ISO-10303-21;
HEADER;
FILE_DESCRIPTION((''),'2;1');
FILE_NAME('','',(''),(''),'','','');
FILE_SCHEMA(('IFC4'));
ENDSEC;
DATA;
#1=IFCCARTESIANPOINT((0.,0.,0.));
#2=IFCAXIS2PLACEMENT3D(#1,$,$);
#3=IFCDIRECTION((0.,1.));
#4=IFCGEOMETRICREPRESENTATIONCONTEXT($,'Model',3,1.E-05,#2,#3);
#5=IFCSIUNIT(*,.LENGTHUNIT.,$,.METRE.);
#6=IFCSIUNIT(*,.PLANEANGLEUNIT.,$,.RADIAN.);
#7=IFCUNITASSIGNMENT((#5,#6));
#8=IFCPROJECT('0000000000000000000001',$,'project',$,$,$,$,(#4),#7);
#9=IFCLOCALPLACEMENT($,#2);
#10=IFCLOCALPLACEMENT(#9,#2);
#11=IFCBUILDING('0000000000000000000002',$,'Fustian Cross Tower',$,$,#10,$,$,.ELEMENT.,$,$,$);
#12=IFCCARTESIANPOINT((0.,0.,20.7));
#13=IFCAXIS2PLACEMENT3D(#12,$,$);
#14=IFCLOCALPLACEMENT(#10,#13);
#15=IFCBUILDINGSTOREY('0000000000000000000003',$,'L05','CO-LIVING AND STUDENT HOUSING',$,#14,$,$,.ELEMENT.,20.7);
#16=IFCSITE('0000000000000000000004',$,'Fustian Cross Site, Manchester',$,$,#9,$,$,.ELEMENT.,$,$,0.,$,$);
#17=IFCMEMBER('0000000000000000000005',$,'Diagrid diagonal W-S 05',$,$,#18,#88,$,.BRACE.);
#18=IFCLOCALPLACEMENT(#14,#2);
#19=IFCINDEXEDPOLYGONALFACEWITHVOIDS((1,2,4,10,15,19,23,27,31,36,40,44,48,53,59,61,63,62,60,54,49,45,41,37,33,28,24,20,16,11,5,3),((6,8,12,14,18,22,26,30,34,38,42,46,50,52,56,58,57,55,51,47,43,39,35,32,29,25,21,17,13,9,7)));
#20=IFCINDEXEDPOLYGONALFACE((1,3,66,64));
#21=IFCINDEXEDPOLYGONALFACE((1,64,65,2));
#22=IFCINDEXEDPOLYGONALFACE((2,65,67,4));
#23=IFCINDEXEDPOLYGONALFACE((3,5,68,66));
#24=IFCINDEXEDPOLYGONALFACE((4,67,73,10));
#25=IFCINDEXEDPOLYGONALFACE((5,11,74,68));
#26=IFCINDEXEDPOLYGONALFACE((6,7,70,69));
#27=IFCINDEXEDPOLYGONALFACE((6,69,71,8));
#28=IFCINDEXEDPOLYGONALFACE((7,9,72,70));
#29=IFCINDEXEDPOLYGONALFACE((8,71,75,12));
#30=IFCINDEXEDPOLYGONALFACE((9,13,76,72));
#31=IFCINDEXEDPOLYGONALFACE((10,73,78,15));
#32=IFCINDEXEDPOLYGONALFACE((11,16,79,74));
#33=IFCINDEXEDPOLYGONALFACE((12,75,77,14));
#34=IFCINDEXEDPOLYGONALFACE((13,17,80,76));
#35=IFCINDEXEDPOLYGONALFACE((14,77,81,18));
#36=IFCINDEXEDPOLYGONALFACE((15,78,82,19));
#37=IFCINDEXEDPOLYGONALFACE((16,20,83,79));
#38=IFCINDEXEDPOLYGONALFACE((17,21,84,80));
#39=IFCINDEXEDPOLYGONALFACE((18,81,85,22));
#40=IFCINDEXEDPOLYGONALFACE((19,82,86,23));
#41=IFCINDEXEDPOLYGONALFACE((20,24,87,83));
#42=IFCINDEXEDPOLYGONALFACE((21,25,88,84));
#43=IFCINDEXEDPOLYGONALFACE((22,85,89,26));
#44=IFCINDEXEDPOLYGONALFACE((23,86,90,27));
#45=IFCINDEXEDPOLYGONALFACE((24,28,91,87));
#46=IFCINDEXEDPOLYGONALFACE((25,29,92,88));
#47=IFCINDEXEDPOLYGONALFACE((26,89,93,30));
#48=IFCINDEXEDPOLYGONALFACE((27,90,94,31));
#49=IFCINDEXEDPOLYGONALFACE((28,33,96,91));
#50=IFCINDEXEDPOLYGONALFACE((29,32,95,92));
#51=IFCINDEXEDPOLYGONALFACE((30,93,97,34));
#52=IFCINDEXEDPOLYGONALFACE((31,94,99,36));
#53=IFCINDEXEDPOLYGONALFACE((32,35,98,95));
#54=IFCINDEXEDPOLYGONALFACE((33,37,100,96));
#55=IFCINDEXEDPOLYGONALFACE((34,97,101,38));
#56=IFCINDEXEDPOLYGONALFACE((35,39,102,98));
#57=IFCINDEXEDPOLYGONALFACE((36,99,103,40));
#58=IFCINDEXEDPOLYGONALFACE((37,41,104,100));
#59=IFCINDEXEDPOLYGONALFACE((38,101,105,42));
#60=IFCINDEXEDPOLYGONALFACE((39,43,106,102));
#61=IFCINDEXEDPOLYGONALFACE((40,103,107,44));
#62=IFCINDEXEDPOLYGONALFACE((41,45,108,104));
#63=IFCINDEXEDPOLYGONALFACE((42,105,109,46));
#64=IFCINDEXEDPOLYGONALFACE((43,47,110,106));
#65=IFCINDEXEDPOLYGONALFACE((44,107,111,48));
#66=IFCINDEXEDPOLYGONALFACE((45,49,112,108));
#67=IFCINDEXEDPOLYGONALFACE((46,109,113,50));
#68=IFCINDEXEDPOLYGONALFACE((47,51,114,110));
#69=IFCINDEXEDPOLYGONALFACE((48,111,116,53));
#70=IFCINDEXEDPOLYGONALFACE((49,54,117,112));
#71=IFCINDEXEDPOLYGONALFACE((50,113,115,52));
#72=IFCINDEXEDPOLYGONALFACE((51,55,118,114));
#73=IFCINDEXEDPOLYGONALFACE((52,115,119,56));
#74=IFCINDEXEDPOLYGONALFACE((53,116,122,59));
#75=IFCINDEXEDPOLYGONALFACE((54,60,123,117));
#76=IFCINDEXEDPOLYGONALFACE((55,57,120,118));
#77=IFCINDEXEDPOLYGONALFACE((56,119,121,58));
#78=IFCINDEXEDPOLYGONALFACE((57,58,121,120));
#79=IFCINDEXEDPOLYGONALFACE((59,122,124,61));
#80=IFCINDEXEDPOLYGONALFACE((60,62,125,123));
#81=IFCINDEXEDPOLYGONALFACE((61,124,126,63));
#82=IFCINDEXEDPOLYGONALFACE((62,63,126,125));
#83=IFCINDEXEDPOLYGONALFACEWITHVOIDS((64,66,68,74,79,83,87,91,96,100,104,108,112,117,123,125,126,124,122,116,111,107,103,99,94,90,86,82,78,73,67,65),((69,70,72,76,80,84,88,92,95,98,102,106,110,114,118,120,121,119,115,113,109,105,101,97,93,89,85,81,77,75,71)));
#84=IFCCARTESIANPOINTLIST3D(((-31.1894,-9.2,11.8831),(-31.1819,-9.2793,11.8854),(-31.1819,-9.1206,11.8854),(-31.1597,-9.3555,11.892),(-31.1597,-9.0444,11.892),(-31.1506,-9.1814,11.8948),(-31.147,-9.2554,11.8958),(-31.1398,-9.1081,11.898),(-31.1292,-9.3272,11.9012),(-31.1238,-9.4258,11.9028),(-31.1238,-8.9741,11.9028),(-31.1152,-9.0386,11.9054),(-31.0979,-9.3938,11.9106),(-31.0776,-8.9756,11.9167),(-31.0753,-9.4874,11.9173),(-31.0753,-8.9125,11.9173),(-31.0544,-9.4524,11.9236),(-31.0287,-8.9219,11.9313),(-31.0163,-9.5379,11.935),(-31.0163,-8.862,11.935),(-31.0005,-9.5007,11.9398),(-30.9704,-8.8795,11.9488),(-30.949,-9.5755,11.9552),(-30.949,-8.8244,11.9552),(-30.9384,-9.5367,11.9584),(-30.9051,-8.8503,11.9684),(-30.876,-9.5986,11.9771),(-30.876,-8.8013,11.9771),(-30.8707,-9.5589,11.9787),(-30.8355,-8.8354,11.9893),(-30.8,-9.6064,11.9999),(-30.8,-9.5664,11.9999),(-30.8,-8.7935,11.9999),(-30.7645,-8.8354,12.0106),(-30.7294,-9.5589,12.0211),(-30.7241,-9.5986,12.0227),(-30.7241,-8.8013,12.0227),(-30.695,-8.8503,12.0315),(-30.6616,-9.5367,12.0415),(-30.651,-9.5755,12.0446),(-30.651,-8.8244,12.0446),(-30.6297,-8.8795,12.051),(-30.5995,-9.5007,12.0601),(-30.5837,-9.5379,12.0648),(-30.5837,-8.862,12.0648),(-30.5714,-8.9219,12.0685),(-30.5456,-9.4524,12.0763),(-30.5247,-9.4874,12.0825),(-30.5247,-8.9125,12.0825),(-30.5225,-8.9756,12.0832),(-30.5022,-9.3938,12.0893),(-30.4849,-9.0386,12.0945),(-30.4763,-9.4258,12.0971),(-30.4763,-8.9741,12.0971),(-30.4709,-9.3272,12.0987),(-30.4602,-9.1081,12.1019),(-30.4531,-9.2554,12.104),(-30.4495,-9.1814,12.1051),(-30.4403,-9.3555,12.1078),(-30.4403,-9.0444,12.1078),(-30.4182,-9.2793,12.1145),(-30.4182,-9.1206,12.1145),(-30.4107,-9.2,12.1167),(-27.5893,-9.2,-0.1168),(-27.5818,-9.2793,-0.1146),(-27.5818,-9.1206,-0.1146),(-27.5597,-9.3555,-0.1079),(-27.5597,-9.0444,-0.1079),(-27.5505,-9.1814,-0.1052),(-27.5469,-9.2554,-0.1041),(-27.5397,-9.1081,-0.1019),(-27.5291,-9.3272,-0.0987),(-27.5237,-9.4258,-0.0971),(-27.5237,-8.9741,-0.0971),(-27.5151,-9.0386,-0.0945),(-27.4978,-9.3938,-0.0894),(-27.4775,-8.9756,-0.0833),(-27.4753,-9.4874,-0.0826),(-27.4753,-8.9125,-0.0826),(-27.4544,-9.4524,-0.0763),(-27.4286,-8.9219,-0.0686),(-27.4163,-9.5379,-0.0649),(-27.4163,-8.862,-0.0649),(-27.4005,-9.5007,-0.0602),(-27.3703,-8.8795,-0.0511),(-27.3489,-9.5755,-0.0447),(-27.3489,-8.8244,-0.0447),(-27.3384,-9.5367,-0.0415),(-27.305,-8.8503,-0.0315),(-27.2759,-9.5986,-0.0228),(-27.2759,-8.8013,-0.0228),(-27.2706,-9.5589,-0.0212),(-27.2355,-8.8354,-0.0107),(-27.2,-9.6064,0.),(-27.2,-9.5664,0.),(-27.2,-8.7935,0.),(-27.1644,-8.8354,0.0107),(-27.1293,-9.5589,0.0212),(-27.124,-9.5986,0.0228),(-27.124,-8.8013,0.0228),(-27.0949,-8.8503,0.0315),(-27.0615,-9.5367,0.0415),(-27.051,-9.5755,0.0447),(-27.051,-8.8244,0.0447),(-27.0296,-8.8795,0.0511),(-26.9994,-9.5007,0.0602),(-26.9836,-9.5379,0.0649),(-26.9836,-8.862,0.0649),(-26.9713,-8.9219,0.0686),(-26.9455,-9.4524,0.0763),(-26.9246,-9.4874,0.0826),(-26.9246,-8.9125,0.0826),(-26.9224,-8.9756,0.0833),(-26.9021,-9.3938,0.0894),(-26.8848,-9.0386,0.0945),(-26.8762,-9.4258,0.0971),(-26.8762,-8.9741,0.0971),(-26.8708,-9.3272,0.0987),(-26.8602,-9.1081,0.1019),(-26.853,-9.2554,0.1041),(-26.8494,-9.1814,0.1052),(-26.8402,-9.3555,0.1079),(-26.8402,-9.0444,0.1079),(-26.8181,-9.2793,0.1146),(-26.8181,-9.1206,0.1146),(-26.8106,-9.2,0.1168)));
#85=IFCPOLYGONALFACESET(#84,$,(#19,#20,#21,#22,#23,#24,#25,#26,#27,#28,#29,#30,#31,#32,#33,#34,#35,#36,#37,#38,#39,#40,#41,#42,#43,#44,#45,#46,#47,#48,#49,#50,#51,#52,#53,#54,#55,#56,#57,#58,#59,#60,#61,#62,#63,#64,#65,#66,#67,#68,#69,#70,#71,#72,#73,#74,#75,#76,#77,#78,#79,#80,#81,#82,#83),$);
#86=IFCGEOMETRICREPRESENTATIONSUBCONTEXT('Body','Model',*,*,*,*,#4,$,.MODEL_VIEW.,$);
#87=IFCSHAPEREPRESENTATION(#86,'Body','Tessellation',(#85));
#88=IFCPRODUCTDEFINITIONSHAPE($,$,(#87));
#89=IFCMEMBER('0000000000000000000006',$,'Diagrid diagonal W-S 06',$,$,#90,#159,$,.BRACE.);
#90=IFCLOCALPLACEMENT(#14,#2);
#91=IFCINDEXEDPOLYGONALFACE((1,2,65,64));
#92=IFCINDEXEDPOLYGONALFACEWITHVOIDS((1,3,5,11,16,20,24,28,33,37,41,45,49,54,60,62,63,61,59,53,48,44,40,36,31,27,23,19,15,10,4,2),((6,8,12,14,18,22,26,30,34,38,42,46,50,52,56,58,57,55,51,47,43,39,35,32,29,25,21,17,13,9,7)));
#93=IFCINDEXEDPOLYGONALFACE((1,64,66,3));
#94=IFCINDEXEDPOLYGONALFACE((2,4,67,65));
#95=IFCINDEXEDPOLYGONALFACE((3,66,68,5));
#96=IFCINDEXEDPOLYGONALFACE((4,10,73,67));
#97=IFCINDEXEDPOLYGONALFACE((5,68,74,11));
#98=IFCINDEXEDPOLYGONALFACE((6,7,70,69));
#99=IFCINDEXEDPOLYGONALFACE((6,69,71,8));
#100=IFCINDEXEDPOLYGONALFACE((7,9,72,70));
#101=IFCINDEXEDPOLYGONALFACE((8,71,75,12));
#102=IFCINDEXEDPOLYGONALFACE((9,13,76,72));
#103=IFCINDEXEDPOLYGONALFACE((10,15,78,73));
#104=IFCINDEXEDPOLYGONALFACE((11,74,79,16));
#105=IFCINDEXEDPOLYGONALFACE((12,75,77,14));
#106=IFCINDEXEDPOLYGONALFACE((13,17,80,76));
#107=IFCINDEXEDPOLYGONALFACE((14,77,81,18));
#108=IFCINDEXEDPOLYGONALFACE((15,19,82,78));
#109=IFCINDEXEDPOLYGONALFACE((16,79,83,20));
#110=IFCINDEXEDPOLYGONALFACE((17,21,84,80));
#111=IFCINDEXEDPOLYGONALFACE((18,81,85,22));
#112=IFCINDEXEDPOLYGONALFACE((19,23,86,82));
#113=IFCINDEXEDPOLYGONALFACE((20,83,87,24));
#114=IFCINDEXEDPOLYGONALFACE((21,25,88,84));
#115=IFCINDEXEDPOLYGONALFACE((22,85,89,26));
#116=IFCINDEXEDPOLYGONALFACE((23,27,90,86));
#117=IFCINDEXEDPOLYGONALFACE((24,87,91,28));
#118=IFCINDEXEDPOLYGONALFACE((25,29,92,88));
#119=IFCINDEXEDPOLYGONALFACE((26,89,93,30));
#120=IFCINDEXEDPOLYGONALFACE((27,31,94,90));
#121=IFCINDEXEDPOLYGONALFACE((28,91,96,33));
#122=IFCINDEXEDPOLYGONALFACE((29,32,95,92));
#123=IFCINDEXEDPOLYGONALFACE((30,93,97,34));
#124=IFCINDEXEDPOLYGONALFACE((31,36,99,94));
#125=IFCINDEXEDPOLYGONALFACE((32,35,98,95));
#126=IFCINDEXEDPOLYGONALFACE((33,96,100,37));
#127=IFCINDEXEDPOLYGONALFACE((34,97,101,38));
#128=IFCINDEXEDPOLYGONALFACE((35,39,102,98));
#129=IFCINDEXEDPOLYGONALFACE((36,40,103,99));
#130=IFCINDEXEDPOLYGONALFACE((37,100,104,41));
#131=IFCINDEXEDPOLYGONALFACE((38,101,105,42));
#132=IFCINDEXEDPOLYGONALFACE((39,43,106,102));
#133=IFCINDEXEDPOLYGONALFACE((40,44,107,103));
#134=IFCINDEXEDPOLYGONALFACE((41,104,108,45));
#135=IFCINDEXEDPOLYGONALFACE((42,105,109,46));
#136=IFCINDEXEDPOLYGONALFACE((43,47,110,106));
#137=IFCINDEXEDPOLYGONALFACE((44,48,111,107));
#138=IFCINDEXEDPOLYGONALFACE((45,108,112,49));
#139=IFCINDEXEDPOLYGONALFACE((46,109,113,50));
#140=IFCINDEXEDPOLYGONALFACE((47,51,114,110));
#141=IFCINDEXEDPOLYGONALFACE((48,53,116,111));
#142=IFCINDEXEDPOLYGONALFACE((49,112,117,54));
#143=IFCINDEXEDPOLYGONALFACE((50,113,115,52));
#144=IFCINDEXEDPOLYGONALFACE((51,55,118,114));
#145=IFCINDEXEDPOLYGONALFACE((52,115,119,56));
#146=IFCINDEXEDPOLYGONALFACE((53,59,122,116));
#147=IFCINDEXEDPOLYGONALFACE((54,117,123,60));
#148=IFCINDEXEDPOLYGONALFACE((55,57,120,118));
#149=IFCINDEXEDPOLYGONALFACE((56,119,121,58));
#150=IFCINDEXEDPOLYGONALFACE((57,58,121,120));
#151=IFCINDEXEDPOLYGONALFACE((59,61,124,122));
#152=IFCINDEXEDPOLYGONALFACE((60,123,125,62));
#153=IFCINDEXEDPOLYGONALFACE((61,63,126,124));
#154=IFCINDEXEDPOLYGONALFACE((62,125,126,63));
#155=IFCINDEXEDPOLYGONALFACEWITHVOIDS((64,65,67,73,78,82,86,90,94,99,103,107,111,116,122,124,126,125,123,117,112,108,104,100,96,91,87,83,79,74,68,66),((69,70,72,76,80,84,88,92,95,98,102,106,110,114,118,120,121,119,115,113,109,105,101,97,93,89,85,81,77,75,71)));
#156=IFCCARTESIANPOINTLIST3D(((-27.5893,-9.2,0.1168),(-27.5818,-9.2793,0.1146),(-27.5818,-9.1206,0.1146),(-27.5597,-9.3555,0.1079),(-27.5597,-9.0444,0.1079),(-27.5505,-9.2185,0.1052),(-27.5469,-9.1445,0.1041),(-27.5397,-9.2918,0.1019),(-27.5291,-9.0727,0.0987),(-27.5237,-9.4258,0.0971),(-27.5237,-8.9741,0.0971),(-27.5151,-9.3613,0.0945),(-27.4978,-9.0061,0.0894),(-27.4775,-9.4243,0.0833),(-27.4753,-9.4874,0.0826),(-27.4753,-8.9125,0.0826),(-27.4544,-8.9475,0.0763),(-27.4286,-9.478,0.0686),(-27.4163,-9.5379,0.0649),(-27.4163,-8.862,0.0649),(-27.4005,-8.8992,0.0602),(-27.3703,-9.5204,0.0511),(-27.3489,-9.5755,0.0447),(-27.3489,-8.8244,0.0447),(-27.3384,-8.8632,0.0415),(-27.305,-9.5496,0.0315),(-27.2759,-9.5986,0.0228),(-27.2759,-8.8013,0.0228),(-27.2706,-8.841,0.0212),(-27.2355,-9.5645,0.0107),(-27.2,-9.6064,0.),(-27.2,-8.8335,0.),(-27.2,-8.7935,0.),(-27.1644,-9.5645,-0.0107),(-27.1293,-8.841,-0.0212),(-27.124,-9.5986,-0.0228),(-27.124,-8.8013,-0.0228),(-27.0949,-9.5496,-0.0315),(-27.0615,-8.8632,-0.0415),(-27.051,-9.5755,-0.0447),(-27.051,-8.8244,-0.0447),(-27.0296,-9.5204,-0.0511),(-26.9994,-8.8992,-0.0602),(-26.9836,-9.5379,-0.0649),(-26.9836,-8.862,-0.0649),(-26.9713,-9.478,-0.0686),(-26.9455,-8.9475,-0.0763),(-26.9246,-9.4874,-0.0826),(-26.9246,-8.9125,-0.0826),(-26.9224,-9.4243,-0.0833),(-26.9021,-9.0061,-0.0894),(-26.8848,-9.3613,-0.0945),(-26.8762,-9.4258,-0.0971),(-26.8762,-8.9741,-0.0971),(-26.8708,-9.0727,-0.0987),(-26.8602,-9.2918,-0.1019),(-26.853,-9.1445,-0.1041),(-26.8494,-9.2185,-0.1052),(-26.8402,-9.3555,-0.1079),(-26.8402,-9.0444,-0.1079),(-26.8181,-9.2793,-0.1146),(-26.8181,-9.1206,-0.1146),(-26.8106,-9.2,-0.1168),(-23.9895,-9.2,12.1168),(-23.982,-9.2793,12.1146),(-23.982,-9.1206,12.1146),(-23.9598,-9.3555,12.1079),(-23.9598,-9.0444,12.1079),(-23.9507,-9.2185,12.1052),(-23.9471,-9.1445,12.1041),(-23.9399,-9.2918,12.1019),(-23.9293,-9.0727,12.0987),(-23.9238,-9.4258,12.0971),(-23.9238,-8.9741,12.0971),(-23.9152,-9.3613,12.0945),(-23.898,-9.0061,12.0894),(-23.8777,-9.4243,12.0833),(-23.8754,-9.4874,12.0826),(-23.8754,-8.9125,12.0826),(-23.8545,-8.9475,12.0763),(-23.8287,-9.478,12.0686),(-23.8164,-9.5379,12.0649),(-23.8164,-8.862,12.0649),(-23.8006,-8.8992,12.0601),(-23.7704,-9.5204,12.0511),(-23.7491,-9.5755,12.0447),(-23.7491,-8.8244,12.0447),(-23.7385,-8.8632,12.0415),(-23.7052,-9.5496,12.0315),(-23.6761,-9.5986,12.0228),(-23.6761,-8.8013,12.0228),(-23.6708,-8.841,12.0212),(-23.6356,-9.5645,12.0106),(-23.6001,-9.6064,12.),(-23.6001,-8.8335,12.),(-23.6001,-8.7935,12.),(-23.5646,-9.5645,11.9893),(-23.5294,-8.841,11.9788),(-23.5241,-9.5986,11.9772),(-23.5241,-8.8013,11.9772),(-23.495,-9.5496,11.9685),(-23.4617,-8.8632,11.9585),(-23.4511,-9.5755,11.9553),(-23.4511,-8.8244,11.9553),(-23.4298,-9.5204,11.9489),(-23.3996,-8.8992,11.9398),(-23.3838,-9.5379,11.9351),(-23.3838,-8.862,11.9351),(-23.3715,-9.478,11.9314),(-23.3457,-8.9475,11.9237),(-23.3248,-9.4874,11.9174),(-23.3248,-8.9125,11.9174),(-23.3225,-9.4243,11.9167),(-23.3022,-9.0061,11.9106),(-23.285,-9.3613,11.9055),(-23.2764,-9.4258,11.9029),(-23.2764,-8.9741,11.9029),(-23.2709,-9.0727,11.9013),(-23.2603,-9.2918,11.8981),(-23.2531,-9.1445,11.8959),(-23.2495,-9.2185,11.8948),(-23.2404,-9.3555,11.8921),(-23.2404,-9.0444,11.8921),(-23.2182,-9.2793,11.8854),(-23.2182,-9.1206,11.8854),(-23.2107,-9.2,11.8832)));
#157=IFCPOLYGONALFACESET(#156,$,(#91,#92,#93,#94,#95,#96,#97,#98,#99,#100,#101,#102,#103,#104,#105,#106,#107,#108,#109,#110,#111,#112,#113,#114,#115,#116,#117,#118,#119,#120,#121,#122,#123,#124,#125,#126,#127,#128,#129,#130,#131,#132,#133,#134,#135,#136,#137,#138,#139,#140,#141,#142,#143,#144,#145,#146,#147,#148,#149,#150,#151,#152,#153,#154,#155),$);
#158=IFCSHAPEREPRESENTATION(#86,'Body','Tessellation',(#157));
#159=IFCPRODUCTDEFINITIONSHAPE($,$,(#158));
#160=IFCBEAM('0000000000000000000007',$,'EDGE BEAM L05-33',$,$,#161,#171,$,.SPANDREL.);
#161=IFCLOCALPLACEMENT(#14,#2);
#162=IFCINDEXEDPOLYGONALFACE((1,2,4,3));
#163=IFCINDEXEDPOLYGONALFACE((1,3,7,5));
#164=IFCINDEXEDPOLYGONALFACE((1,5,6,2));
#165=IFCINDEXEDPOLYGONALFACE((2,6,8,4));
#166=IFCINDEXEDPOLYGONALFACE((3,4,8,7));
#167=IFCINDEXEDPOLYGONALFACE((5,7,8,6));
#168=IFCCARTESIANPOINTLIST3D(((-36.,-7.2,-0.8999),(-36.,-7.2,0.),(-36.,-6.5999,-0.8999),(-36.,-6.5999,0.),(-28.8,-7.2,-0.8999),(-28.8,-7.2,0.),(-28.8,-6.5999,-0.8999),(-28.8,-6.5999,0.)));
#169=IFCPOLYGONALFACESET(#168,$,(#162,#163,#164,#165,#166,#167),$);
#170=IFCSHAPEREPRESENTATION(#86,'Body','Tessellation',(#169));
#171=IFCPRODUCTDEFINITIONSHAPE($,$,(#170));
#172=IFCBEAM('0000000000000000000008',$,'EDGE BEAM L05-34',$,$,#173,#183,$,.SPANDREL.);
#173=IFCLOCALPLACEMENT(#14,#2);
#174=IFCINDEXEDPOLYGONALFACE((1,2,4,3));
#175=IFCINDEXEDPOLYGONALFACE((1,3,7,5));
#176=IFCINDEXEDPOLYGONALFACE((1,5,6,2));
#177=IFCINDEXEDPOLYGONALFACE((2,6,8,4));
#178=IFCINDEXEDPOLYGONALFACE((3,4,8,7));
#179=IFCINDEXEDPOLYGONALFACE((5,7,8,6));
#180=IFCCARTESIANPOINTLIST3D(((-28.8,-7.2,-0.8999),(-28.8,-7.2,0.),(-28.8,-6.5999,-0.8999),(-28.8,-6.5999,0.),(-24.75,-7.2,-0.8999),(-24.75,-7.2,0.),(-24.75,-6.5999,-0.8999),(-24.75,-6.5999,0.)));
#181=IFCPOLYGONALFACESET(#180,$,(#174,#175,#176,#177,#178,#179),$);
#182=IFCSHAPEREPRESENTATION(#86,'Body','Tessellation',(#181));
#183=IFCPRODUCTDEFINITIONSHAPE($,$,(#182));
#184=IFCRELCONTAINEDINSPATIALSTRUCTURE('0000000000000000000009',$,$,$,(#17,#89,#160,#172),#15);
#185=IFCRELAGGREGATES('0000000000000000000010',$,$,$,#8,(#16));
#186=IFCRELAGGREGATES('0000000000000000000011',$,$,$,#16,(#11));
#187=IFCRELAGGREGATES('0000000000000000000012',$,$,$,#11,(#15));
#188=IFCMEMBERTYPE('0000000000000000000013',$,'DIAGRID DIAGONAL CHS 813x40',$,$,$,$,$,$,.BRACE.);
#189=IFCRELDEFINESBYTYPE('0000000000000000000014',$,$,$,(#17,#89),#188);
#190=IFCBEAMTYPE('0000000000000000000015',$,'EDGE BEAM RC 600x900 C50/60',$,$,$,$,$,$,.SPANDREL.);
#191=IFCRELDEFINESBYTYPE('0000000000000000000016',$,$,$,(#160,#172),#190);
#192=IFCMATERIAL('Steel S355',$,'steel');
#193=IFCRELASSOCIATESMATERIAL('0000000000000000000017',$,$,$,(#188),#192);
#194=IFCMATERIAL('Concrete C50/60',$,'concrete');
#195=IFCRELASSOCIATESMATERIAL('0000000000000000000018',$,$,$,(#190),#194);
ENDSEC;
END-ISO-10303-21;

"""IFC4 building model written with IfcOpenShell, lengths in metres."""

from ifc_helpers import new_model, si_unit, direction, frame, origin, origin_2d, place, context, subcontext, project, spatial, rectangle, hollow_circle, extrude, material, material_profile, profile_set, type_object, element, save


model = new_model("IFC4")

# Units and contexts
model_context = context("Model", 3, precision=1e-05, world=origin(), true_north=direction((0.0, 1.0)))
body_context = subcontext(model_context, "Body", "Model", "MODEL_VIEW")
ifc_project = project(units=[si_unit("LENGTHUNIT", "METRE"), si_unit("PLANEANGLEUNIT", "RADIAN")], contexts=[model_context])

# Site, building, storey
site_placement = place(None, origin())
site = spatial("IfcSite", under=ifc_project, at=site_placement, Name="Fustian Cross Site, Manchester", CompositionType="ELEMENT", RefElevation=0.0)
building_placement = place(site_placement, origin())
building = spatial("IfcBuilding", under=site, at=building_placement, Name="Fustian Cross Tower", CompositionType="ELEMENT")
storey_placement = place(building_placement, frame((0.0, 0.0, 20.7)))
storey = spatial("IfcBuildingStorey", under=building, at=storey_placement, Name="L05", Description="CO-LIVING AND STUDENT HOUSING", CompositionType="ELEMENT", Elevation=20.7)

# Members
ifc_material_1 = material(Name="Steel S355", Category="steel")
ifc_material_profile_1 = material_profile(ifc_material_1, hollow_circle(Radius=0.4065, WallThickness=0.04, at=origin_2d()), Name="CHS 813x40")
ifc_profile_set_1 = profile_set([ifc_material_profile_1], Name="Steel S355")
member_type = type_object("IfcMemberType", Name="DIAGRID DIAGONAL CHS 813x40", PredefinedType="BRACE", material=ifc_profile_set_1)
for number, where, z_axis, x_axis, name in (
    (1, (-27.2, -9.2, 0.0), (-0.287355, 0.0, 0.957824), (0.0, -1.0, 0.0), "Diagrid diagonal W-S 05"),
    (2, (-27.2, -9.2, 0.0), (0.287337, 0.0, 0.95783), (0.0, 1.0, 0.0), "Diagrid diagonal W-S 06"),
):
    element("IfcMember", number, at=place(storey_placement, frame(where, z_axis=z_axis, x_axis=x_axis)), inside=storey, type_object=member_type, Name=name, PredefinedType="BRACE", context=body_context, shape_type="SweptSolid", body=[
        extrude(hollow_circle(Radius=0.4065, WallThickness=0.04, at=origin_2d()), origin(), (0.0, 0.0, 1.0), 12.5283),
    ])

# Beams
ifc_material_2 = material(Name="Concrete C50/60", Category="concrete")
ifc_material_profile_2 = material_profile(ifc_material_2, rectangle(XDim=0.6001, YDim=0.8999, at=origin_2d()), Name="RC 600x900")
ifc_profile_set_2 = profile_set([ifc_material_profile_2], Name="Concrete C50/60")
beam_type = type_object("IfcBeamType", Name="EDGE BEAM RC 600x900 C50/60", PredefinedType="SPANDREL", material=ifc_profile_set_2)
beam_1_placement = place(storey_placement, frame((-36.0, -6.8999, -0.45), z_axis=(1.0, 0.0, 0.0), x_axis=(0.0, 1.0, 0.0)))
element("IfcBeam", 3, at=beam_1_placement, inside=storey, type_object=beam_type, Name="EDGE BEAM L05-33", PredefinedType="SPANDREL", context=body_context, shape_type="SweptSolid", body=[
    extrude(rectangle(XDim=0.6001, YDim=0.8999, at=origin_2d()), origin(), (0.0, 0.0, 1.0), 7.2),
])
beam_2_placement = place(storey_placement, frame((-28.8, -6.8999, -0.45), z_axis=(1.0, 0.0, 0.0), x_axis=(0.0, 1.0, 0.0)))
element("IfcBeam", 4, at=beam_2_placement, inside=storey, type_object=beam_type, Name="EDGE BEAM L05-34", PredefinedType="SPANDREL", context=body_context, shape_type="SweptSolid", body=[
    extrude(rectangle(XDim=0.6001, YDim=0.8999, at=origin_2d()), origin(), (0.0, 0.0, 1.0), 4.05),
])

save(model, "model.ifc")
